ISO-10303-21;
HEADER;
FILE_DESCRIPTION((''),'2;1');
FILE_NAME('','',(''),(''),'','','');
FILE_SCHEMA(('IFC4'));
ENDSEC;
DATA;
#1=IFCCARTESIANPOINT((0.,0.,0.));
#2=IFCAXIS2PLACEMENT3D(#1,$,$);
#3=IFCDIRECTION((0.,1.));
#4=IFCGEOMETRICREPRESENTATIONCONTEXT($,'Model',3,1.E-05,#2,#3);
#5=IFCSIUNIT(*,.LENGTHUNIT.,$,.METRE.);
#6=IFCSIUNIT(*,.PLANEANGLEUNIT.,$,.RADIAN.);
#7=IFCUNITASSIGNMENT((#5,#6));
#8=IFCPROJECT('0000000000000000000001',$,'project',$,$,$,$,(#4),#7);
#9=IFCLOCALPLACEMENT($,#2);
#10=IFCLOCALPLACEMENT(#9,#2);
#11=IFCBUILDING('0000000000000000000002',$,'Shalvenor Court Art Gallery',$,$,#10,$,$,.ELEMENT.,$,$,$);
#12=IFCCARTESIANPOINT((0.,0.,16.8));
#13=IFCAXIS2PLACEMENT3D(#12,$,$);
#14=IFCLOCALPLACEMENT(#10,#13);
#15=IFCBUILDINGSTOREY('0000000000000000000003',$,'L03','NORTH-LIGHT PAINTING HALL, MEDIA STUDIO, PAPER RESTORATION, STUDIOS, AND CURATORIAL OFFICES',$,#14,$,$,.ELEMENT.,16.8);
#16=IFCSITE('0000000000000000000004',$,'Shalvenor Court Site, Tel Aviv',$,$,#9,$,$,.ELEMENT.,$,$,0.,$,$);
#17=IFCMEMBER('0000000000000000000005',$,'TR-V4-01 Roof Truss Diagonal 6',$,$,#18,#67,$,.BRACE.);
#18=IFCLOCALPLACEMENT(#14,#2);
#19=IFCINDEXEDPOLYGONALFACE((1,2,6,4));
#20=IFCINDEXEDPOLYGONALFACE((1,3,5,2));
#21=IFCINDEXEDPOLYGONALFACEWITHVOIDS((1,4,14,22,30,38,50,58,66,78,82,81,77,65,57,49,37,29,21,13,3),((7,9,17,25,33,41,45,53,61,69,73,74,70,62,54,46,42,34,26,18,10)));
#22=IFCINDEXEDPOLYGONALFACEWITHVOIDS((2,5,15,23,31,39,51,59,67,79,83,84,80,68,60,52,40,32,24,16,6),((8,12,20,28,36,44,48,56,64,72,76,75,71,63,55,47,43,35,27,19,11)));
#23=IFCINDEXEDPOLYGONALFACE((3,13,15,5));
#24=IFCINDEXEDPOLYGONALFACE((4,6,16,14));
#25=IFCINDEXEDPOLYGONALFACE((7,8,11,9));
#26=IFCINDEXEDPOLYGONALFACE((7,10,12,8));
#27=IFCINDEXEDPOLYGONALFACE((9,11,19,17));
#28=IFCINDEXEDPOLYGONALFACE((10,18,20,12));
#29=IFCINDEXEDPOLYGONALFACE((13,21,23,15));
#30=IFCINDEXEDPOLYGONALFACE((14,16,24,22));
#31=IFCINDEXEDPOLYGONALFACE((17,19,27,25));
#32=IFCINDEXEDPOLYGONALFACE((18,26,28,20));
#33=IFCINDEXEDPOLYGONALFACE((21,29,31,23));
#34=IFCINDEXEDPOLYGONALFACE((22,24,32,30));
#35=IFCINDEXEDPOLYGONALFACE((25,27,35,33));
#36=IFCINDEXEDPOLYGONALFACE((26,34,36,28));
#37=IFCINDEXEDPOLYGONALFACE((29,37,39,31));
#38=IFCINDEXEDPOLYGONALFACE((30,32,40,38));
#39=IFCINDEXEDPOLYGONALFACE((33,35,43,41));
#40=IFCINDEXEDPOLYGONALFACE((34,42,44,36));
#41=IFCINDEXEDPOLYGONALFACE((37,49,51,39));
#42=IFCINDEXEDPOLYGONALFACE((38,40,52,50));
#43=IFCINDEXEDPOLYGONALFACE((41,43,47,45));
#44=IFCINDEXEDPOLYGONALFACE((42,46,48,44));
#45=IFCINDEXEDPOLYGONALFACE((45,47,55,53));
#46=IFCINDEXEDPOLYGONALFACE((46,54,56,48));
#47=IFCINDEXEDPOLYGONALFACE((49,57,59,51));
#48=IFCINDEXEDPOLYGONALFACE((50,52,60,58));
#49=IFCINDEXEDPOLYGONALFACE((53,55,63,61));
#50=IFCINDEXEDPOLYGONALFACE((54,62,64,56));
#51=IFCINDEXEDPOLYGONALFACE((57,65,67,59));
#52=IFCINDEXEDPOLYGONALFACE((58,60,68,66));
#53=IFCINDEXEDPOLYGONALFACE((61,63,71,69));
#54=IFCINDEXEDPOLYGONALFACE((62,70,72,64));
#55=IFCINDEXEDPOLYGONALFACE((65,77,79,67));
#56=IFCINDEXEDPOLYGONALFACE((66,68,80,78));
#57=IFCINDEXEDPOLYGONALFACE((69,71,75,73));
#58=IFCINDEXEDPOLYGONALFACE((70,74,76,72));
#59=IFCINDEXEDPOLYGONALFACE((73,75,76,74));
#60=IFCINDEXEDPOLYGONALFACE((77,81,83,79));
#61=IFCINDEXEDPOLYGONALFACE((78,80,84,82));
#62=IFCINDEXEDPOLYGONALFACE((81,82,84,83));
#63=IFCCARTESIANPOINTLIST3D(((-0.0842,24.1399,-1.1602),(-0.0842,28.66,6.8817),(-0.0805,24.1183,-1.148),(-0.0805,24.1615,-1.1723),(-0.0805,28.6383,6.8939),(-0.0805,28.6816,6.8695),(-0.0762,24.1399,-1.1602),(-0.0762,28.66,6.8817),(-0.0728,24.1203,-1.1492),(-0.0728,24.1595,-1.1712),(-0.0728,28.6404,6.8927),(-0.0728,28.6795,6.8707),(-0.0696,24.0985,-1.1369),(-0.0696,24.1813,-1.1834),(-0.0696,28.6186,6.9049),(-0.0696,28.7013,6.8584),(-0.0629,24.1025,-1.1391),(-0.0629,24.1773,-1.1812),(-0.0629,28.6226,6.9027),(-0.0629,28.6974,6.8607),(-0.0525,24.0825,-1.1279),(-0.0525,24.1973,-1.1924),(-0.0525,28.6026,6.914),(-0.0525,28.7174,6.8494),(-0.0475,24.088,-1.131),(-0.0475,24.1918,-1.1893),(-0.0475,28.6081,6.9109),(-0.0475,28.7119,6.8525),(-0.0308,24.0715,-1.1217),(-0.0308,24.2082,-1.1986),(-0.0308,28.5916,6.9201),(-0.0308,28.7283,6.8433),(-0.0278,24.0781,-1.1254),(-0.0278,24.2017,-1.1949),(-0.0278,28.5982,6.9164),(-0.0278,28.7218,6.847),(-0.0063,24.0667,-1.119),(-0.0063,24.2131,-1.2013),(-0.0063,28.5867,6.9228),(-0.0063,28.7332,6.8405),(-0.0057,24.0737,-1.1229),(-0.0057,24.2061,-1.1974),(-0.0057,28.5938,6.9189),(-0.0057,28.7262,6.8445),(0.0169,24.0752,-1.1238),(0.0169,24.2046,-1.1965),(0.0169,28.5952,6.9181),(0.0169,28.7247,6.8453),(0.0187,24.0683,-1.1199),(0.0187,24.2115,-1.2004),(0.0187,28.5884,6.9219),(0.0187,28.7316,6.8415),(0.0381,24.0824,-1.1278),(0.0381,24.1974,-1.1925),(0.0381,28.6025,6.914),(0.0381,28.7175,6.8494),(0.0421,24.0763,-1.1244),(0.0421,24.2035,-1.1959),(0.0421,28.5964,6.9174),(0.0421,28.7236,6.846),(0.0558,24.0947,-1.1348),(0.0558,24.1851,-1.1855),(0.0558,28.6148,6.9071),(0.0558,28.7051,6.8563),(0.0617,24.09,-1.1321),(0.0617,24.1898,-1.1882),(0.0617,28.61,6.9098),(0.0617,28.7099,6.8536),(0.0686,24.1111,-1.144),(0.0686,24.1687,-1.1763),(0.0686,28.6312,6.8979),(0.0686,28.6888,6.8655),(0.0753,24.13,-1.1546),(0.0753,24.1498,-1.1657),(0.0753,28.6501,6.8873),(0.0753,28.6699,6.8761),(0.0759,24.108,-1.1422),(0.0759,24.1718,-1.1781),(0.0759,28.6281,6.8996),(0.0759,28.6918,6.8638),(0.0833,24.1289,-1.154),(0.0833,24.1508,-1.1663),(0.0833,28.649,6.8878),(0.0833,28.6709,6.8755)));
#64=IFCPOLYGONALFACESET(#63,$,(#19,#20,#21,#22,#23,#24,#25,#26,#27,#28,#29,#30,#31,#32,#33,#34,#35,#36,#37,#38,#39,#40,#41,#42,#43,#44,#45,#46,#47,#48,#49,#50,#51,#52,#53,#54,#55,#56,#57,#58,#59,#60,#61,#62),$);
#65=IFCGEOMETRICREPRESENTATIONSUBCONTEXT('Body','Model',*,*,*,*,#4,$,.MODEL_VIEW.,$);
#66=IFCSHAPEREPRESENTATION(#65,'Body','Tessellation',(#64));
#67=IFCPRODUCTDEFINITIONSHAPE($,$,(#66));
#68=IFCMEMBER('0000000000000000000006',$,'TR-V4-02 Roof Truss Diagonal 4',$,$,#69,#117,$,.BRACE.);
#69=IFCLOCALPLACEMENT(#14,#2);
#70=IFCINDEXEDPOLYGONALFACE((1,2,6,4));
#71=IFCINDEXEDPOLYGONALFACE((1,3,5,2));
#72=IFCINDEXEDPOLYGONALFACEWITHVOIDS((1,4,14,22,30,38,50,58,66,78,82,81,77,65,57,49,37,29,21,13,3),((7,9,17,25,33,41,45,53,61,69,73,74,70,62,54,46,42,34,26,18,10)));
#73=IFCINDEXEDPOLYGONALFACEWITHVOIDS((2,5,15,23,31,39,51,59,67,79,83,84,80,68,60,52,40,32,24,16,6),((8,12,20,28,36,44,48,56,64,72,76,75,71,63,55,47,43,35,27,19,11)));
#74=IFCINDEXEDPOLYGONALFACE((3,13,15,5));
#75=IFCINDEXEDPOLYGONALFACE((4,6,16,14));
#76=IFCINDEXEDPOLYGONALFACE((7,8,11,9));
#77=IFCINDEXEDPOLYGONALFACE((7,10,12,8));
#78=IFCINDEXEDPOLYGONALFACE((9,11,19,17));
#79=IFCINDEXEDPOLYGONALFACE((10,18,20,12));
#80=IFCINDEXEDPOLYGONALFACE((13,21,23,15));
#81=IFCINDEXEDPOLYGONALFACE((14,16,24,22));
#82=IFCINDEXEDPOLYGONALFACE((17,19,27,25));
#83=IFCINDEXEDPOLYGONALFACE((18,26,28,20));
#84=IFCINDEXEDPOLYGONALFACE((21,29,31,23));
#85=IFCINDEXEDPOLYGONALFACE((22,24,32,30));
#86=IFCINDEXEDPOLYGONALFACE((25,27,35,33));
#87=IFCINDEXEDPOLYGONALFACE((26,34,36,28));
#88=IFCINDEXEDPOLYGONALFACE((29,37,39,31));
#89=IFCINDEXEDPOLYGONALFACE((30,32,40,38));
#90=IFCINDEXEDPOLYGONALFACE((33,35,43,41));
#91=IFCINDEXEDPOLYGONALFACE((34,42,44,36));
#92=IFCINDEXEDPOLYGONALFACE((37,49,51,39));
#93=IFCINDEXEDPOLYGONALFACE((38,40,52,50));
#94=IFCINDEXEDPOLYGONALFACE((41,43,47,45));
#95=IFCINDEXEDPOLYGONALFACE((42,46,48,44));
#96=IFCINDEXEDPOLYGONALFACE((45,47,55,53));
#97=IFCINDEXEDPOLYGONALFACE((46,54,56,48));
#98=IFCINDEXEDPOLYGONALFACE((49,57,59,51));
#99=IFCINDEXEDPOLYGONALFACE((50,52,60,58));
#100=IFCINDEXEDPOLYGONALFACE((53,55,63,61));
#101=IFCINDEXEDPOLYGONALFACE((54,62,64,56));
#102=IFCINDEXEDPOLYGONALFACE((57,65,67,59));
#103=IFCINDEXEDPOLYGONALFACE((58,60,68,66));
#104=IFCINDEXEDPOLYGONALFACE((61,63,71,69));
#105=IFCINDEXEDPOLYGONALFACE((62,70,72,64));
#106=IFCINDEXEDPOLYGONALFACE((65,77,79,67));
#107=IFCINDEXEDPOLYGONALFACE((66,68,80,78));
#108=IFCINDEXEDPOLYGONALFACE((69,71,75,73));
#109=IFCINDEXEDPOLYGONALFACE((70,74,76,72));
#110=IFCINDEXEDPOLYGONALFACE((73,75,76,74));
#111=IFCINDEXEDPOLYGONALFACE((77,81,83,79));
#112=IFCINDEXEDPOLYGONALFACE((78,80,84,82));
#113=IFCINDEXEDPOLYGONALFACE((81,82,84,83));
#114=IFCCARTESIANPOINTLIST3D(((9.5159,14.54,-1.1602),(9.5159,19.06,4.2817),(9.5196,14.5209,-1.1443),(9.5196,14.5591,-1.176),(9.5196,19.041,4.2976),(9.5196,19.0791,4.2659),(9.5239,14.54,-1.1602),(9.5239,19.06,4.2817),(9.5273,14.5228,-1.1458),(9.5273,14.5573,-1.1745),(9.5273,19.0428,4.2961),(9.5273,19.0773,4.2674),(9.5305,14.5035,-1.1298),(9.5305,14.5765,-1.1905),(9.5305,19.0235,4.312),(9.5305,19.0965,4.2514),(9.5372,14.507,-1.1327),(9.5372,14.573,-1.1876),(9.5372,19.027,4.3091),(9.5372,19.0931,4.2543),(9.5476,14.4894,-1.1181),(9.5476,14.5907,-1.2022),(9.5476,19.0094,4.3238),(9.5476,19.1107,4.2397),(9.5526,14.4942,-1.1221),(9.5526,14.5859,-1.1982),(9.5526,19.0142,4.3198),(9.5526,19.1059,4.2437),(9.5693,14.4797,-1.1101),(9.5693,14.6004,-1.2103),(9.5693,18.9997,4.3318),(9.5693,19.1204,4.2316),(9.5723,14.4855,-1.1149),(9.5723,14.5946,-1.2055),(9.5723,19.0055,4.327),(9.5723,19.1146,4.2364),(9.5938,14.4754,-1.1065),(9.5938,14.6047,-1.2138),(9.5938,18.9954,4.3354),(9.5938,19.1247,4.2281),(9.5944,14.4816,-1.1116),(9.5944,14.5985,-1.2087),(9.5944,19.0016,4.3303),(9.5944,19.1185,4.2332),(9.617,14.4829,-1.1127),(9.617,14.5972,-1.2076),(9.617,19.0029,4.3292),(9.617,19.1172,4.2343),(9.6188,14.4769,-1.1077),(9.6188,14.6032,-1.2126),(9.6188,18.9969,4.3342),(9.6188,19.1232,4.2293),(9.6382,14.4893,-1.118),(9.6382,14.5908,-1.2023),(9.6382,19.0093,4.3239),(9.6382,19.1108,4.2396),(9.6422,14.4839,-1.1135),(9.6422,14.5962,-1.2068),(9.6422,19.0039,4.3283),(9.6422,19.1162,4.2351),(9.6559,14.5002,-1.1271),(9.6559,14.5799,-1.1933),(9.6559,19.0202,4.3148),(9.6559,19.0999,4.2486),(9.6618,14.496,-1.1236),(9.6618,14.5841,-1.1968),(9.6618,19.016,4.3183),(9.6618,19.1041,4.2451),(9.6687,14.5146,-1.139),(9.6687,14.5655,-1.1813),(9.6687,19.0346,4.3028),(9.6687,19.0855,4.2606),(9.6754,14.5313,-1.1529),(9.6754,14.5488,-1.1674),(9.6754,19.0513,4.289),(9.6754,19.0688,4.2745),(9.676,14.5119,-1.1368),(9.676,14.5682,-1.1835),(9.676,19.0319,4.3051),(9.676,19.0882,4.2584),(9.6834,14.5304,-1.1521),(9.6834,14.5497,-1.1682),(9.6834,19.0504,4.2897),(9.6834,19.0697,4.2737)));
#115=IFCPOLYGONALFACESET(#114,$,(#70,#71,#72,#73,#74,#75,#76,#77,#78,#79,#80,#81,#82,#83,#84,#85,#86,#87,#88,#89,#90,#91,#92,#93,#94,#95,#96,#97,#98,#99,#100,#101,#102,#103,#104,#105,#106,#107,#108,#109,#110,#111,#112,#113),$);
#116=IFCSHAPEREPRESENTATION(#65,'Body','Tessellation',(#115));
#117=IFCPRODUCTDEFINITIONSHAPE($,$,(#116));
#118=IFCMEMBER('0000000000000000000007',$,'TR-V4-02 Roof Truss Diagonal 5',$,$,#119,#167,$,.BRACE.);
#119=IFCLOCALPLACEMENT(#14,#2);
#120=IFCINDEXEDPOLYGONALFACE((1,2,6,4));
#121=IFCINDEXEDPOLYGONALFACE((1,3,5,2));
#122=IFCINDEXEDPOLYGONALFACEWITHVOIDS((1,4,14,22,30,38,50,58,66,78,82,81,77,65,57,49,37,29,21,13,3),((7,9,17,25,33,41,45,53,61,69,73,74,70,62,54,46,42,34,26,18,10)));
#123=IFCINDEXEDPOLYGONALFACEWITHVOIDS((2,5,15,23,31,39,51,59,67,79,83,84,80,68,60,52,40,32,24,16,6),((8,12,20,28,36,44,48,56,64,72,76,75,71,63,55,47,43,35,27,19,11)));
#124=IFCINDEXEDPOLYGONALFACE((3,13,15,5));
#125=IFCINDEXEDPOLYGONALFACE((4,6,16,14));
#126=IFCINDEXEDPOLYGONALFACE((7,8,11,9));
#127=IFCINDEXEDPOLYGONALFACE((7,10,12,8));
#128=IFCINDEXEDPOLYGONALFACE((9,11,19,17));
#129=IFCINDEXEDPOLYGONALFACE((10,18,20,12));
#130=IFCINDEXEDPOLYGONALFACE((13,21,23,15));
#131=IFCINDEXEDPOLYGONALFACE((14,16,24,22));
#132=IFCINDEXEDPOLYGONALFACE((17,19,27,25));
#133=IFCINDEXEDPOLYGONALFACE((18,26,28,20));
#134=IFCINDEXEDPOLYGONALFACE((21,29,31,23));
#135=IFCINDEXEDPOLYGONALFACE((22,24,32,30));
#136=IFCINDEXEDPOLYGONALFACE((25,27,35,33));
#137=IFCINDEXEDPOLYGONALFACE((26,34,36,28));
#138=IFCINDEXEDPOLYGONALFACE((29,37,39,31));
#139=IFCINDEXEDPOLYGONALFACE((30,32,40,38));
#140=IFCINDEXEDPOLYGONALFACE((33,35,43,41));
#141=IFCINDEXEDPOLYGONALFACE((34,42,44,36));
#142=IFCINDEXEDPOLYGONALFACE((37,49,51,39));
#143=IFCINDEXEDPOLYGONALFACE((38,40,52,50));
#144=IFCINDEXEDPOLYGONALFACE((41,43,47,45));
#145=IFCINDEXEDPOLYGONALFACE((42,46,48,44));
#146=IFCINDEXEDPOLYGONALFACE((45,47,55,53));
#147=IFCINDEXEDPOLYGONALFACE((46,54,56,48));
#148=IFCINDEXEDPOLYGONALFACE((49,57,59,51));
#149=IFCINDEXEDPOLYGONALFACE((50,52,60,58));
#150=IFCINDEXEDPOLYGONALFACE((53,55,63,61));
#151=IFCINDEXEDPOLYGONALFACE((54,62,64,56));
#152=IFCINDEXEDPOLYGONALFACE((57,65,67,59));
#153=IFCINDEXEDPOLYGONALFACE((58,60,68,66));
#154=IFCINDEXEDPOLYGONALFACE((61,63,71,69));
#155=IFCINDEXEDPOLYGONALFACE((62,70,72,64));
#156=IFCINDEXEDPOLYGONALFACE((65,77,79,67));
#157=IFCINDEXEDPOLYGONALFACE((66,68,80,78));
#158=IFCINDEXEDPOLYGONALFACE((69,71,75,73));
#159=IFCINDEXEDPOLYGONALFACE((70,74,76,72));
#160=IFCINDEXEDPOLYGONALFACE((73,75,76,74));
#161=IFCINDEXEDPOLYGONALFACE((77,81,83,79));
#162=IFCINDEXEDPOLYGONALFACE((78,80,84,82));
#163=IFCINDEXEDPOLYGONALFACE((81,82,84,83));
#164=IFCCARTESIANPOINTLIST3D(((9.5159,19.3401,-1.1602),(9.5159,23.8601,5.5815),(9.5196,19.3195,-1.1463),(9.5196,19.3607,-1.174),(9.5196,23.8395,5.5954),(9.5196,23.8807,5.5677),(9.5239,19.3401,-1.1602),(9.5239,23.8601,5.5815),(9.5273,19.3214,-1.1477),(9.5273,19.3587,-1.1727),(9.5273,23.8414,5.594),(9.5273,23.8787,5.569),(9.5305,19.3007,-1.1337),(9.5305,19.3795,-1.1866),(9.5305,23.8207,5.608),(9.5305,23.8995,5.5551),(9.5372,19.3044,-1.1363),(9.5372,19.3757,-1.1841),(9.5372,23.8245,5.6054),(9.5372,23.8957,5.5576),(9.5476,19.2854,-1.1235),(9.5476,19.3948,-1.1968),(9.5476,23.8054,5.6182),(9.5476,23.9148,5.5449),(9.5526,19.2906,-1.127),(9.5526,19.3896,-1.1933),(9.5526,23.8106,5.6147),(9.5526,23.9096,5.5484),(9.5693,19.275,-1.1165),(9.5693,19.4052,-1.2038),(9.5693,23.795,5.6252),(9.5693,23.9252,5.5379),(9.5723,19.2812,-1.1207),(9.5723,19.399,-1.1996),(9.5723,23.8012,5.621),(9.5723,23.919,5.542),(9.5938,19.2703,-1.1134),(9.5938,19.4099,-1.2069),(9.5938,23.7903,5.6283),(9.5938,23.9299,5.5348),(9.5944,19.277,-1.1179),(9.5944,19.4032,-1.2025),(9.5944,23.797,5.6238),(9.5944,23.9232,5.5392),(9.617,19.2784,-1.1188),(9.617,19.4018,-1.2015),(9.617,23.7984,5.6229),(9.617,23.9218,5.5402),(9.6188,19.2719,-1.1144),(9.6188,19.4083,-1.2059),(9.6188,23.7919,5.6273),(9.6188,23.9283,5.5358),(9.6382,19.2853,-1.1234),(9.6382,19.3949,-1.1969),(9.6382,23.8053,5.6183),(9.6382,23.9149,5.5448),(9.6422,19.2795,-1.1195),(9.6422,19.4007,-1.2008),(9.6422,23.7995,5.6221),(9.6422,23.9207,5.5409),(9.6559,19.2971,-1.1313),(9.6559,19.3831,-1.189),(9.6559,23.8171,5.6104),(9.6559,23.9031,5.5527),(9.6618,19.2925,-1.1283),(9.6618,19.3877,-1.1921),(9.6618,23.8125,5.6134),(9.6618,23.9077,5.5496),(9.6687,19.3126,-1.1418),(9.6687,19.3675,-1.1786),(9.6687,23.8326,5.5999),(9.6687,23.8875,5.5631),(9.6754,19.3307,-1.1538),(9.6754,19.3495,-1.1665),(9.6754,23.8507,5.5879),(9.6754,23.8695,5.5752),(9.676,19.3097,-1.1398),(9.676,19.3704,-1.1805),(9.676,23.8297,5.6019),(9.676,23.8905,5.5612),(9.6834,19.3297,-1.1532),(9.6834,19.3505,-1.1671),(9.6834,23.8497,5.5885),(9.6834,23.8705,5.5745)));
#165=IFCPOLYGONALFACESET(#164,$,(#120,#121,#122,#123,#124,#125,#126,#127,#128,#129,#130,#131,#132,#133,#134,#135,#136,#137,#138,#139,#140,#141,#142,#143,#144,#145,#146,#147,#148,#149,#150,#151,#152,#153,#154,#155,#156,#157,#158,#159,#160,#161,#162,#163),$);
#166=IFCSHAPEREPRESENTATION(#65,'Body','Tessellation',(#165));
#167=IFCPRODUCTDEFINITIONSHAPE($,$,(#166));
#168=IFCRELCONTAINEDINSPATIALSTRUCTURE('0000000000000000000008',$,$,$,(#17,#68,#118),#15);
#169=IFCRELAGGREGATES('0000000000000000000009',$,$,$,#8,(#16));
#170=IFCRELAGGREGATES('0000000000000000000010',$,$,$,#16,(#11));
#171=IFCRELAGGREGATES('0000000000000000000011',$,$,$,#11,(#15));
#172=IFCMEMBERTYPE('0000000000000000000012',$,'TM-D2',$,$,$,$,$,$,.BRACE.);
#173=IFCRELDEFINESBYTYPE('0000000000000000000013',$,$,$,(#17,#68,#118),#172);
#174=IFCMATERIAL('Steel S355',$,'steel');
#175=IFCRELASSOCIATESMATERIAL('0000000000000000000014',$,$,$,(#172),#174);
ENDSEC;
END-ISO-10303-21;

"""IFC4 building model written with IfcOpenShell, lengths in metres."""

from ifc_helpers import new_model, si_unit, direction, frame, origin, origin_2d, place, context, subcontext, project, spatial, hollow_circle, extrude, material, material_profile, profile_set, type_object, element, save


model = new_model("IFC4")

# Units and contexts
model_context = context("Model", 3, precision=1e-05, world=origin(), true_north=direction((0.0, 1.0)))
body_context = subcontext(model_context, "Body", "Model", "MODEL_VIEW")
ifc_project = project(units=[si_unit("LENGTHUNIT", "METRE"), si_unit("PLANEANGLEUNIT", "RADIAN")], contexts=[model_context])

# Site, building, storey
site_placement = place(None, origin())
site = spatial("IfcSite", under=ifc_project, at=site_placement, Name="Shalvenor Court Site, Tel Aviv", CompositionType="ELEMENT", RefElevation=0.0)
building_placement = place(site_placement, origin())
building = spatial("IfcBuilding", under=site, at=building_placement, Name="Shalvenor Court Art Gallery", CompositionType="ELEMENT")
storey_placement = place(building_placement, frame((0.0, 0.0, 16.8)))
storey = spatial("IfcBuildingStorey", under=building, at=storey_placement, Name="L03", Description="NORTH-LIGHT PAINTING HALL, MEDIA STUDIO, PAPER RESTORATION, STUDIOS, AND CURATORIAL OFFICES", CompositionType="ELEMENT", Elevation=16.8)

# Members
ifc_material_1 = material(Name="Steel S355", Category="steel")
ifc_material_profile_1 = material_profile(ifc_material_1, hollow_circle(Radius=0.0842, WallThickness=0.0081, at=origin_2d()), Name="CHS 168.3x8.0")
ifc_profile_set_1 = profile_set([ifc_material_profile_1], Name="Steel S355")
member_type_1 = type_object("IfcMemberType", Name="TM-D2", PredefinedType="BRACE", material=ifc_profile_set_1)
member_1_placement = place(storey_placement, frame((0.0, 24.1399, -1.1602), z_axis=(0.0, 0.489976, 0.871736), x_axis=(-1.0, 0.0, 0.0)))
element("IfcMember", 1, at=member_1_placement, inside=storey, type_object=member_type_1, Name="TR-V4-01 Roof Truss Diagonal 6", PredefinedType="BRACE", context=body_context, shape_type="SweptSolid", body=[
    extrude(hollow_circle(Radius=0.0842, WallThickness=0.0081, at=origin_2d()), origin(), (0.0, 0.0, 1.0), 9.2251),
])
member_2_placement = place(storey_placement, frame((9.6001, 14.54, -1.1602), z_axis=(0.0, 0.638941, 0.769256), x_axis=(-1.0, 0.0, 0.0)))
element("IfcMember", 2, at=member_2_placement, inside=storey, type_object=member_type_1, Name="TR-V4-02 Roof Truss Diagonal 4", PredefinedType="BRACE", context=body_context, shape_type="SweptSolid", body=[
    extrude(hollow_circle(Radius=0.0842, WallThickness=0.0081, at=origin_2d()), origin(), (0.0, 0.0, 1.0), 7.0742),
])
member_3_placement = place(storey_placement, frame((9.6001, 19.3401, -1.1602), z_axis=(0.0, 0.556878, 0.830594), x_axis=(-1.0, 0.0, 0.0)))
element("IfcMember", 3, at=member_3_placement, inside=storey, type_object=member_type_1, Name="TR-V4-02 Roof Truss Diagonal 5", PredefinedType="BRACE", context=body_context, shape_type="SweptSolid", body=[
    extrude(hollow_circle(Radius=0.0842, WallThickness=0.0081, at=origin_2d()), origin(), (0.0, 0.0, 1.0), 8.1167),
])

save(model, "model.ifc")
